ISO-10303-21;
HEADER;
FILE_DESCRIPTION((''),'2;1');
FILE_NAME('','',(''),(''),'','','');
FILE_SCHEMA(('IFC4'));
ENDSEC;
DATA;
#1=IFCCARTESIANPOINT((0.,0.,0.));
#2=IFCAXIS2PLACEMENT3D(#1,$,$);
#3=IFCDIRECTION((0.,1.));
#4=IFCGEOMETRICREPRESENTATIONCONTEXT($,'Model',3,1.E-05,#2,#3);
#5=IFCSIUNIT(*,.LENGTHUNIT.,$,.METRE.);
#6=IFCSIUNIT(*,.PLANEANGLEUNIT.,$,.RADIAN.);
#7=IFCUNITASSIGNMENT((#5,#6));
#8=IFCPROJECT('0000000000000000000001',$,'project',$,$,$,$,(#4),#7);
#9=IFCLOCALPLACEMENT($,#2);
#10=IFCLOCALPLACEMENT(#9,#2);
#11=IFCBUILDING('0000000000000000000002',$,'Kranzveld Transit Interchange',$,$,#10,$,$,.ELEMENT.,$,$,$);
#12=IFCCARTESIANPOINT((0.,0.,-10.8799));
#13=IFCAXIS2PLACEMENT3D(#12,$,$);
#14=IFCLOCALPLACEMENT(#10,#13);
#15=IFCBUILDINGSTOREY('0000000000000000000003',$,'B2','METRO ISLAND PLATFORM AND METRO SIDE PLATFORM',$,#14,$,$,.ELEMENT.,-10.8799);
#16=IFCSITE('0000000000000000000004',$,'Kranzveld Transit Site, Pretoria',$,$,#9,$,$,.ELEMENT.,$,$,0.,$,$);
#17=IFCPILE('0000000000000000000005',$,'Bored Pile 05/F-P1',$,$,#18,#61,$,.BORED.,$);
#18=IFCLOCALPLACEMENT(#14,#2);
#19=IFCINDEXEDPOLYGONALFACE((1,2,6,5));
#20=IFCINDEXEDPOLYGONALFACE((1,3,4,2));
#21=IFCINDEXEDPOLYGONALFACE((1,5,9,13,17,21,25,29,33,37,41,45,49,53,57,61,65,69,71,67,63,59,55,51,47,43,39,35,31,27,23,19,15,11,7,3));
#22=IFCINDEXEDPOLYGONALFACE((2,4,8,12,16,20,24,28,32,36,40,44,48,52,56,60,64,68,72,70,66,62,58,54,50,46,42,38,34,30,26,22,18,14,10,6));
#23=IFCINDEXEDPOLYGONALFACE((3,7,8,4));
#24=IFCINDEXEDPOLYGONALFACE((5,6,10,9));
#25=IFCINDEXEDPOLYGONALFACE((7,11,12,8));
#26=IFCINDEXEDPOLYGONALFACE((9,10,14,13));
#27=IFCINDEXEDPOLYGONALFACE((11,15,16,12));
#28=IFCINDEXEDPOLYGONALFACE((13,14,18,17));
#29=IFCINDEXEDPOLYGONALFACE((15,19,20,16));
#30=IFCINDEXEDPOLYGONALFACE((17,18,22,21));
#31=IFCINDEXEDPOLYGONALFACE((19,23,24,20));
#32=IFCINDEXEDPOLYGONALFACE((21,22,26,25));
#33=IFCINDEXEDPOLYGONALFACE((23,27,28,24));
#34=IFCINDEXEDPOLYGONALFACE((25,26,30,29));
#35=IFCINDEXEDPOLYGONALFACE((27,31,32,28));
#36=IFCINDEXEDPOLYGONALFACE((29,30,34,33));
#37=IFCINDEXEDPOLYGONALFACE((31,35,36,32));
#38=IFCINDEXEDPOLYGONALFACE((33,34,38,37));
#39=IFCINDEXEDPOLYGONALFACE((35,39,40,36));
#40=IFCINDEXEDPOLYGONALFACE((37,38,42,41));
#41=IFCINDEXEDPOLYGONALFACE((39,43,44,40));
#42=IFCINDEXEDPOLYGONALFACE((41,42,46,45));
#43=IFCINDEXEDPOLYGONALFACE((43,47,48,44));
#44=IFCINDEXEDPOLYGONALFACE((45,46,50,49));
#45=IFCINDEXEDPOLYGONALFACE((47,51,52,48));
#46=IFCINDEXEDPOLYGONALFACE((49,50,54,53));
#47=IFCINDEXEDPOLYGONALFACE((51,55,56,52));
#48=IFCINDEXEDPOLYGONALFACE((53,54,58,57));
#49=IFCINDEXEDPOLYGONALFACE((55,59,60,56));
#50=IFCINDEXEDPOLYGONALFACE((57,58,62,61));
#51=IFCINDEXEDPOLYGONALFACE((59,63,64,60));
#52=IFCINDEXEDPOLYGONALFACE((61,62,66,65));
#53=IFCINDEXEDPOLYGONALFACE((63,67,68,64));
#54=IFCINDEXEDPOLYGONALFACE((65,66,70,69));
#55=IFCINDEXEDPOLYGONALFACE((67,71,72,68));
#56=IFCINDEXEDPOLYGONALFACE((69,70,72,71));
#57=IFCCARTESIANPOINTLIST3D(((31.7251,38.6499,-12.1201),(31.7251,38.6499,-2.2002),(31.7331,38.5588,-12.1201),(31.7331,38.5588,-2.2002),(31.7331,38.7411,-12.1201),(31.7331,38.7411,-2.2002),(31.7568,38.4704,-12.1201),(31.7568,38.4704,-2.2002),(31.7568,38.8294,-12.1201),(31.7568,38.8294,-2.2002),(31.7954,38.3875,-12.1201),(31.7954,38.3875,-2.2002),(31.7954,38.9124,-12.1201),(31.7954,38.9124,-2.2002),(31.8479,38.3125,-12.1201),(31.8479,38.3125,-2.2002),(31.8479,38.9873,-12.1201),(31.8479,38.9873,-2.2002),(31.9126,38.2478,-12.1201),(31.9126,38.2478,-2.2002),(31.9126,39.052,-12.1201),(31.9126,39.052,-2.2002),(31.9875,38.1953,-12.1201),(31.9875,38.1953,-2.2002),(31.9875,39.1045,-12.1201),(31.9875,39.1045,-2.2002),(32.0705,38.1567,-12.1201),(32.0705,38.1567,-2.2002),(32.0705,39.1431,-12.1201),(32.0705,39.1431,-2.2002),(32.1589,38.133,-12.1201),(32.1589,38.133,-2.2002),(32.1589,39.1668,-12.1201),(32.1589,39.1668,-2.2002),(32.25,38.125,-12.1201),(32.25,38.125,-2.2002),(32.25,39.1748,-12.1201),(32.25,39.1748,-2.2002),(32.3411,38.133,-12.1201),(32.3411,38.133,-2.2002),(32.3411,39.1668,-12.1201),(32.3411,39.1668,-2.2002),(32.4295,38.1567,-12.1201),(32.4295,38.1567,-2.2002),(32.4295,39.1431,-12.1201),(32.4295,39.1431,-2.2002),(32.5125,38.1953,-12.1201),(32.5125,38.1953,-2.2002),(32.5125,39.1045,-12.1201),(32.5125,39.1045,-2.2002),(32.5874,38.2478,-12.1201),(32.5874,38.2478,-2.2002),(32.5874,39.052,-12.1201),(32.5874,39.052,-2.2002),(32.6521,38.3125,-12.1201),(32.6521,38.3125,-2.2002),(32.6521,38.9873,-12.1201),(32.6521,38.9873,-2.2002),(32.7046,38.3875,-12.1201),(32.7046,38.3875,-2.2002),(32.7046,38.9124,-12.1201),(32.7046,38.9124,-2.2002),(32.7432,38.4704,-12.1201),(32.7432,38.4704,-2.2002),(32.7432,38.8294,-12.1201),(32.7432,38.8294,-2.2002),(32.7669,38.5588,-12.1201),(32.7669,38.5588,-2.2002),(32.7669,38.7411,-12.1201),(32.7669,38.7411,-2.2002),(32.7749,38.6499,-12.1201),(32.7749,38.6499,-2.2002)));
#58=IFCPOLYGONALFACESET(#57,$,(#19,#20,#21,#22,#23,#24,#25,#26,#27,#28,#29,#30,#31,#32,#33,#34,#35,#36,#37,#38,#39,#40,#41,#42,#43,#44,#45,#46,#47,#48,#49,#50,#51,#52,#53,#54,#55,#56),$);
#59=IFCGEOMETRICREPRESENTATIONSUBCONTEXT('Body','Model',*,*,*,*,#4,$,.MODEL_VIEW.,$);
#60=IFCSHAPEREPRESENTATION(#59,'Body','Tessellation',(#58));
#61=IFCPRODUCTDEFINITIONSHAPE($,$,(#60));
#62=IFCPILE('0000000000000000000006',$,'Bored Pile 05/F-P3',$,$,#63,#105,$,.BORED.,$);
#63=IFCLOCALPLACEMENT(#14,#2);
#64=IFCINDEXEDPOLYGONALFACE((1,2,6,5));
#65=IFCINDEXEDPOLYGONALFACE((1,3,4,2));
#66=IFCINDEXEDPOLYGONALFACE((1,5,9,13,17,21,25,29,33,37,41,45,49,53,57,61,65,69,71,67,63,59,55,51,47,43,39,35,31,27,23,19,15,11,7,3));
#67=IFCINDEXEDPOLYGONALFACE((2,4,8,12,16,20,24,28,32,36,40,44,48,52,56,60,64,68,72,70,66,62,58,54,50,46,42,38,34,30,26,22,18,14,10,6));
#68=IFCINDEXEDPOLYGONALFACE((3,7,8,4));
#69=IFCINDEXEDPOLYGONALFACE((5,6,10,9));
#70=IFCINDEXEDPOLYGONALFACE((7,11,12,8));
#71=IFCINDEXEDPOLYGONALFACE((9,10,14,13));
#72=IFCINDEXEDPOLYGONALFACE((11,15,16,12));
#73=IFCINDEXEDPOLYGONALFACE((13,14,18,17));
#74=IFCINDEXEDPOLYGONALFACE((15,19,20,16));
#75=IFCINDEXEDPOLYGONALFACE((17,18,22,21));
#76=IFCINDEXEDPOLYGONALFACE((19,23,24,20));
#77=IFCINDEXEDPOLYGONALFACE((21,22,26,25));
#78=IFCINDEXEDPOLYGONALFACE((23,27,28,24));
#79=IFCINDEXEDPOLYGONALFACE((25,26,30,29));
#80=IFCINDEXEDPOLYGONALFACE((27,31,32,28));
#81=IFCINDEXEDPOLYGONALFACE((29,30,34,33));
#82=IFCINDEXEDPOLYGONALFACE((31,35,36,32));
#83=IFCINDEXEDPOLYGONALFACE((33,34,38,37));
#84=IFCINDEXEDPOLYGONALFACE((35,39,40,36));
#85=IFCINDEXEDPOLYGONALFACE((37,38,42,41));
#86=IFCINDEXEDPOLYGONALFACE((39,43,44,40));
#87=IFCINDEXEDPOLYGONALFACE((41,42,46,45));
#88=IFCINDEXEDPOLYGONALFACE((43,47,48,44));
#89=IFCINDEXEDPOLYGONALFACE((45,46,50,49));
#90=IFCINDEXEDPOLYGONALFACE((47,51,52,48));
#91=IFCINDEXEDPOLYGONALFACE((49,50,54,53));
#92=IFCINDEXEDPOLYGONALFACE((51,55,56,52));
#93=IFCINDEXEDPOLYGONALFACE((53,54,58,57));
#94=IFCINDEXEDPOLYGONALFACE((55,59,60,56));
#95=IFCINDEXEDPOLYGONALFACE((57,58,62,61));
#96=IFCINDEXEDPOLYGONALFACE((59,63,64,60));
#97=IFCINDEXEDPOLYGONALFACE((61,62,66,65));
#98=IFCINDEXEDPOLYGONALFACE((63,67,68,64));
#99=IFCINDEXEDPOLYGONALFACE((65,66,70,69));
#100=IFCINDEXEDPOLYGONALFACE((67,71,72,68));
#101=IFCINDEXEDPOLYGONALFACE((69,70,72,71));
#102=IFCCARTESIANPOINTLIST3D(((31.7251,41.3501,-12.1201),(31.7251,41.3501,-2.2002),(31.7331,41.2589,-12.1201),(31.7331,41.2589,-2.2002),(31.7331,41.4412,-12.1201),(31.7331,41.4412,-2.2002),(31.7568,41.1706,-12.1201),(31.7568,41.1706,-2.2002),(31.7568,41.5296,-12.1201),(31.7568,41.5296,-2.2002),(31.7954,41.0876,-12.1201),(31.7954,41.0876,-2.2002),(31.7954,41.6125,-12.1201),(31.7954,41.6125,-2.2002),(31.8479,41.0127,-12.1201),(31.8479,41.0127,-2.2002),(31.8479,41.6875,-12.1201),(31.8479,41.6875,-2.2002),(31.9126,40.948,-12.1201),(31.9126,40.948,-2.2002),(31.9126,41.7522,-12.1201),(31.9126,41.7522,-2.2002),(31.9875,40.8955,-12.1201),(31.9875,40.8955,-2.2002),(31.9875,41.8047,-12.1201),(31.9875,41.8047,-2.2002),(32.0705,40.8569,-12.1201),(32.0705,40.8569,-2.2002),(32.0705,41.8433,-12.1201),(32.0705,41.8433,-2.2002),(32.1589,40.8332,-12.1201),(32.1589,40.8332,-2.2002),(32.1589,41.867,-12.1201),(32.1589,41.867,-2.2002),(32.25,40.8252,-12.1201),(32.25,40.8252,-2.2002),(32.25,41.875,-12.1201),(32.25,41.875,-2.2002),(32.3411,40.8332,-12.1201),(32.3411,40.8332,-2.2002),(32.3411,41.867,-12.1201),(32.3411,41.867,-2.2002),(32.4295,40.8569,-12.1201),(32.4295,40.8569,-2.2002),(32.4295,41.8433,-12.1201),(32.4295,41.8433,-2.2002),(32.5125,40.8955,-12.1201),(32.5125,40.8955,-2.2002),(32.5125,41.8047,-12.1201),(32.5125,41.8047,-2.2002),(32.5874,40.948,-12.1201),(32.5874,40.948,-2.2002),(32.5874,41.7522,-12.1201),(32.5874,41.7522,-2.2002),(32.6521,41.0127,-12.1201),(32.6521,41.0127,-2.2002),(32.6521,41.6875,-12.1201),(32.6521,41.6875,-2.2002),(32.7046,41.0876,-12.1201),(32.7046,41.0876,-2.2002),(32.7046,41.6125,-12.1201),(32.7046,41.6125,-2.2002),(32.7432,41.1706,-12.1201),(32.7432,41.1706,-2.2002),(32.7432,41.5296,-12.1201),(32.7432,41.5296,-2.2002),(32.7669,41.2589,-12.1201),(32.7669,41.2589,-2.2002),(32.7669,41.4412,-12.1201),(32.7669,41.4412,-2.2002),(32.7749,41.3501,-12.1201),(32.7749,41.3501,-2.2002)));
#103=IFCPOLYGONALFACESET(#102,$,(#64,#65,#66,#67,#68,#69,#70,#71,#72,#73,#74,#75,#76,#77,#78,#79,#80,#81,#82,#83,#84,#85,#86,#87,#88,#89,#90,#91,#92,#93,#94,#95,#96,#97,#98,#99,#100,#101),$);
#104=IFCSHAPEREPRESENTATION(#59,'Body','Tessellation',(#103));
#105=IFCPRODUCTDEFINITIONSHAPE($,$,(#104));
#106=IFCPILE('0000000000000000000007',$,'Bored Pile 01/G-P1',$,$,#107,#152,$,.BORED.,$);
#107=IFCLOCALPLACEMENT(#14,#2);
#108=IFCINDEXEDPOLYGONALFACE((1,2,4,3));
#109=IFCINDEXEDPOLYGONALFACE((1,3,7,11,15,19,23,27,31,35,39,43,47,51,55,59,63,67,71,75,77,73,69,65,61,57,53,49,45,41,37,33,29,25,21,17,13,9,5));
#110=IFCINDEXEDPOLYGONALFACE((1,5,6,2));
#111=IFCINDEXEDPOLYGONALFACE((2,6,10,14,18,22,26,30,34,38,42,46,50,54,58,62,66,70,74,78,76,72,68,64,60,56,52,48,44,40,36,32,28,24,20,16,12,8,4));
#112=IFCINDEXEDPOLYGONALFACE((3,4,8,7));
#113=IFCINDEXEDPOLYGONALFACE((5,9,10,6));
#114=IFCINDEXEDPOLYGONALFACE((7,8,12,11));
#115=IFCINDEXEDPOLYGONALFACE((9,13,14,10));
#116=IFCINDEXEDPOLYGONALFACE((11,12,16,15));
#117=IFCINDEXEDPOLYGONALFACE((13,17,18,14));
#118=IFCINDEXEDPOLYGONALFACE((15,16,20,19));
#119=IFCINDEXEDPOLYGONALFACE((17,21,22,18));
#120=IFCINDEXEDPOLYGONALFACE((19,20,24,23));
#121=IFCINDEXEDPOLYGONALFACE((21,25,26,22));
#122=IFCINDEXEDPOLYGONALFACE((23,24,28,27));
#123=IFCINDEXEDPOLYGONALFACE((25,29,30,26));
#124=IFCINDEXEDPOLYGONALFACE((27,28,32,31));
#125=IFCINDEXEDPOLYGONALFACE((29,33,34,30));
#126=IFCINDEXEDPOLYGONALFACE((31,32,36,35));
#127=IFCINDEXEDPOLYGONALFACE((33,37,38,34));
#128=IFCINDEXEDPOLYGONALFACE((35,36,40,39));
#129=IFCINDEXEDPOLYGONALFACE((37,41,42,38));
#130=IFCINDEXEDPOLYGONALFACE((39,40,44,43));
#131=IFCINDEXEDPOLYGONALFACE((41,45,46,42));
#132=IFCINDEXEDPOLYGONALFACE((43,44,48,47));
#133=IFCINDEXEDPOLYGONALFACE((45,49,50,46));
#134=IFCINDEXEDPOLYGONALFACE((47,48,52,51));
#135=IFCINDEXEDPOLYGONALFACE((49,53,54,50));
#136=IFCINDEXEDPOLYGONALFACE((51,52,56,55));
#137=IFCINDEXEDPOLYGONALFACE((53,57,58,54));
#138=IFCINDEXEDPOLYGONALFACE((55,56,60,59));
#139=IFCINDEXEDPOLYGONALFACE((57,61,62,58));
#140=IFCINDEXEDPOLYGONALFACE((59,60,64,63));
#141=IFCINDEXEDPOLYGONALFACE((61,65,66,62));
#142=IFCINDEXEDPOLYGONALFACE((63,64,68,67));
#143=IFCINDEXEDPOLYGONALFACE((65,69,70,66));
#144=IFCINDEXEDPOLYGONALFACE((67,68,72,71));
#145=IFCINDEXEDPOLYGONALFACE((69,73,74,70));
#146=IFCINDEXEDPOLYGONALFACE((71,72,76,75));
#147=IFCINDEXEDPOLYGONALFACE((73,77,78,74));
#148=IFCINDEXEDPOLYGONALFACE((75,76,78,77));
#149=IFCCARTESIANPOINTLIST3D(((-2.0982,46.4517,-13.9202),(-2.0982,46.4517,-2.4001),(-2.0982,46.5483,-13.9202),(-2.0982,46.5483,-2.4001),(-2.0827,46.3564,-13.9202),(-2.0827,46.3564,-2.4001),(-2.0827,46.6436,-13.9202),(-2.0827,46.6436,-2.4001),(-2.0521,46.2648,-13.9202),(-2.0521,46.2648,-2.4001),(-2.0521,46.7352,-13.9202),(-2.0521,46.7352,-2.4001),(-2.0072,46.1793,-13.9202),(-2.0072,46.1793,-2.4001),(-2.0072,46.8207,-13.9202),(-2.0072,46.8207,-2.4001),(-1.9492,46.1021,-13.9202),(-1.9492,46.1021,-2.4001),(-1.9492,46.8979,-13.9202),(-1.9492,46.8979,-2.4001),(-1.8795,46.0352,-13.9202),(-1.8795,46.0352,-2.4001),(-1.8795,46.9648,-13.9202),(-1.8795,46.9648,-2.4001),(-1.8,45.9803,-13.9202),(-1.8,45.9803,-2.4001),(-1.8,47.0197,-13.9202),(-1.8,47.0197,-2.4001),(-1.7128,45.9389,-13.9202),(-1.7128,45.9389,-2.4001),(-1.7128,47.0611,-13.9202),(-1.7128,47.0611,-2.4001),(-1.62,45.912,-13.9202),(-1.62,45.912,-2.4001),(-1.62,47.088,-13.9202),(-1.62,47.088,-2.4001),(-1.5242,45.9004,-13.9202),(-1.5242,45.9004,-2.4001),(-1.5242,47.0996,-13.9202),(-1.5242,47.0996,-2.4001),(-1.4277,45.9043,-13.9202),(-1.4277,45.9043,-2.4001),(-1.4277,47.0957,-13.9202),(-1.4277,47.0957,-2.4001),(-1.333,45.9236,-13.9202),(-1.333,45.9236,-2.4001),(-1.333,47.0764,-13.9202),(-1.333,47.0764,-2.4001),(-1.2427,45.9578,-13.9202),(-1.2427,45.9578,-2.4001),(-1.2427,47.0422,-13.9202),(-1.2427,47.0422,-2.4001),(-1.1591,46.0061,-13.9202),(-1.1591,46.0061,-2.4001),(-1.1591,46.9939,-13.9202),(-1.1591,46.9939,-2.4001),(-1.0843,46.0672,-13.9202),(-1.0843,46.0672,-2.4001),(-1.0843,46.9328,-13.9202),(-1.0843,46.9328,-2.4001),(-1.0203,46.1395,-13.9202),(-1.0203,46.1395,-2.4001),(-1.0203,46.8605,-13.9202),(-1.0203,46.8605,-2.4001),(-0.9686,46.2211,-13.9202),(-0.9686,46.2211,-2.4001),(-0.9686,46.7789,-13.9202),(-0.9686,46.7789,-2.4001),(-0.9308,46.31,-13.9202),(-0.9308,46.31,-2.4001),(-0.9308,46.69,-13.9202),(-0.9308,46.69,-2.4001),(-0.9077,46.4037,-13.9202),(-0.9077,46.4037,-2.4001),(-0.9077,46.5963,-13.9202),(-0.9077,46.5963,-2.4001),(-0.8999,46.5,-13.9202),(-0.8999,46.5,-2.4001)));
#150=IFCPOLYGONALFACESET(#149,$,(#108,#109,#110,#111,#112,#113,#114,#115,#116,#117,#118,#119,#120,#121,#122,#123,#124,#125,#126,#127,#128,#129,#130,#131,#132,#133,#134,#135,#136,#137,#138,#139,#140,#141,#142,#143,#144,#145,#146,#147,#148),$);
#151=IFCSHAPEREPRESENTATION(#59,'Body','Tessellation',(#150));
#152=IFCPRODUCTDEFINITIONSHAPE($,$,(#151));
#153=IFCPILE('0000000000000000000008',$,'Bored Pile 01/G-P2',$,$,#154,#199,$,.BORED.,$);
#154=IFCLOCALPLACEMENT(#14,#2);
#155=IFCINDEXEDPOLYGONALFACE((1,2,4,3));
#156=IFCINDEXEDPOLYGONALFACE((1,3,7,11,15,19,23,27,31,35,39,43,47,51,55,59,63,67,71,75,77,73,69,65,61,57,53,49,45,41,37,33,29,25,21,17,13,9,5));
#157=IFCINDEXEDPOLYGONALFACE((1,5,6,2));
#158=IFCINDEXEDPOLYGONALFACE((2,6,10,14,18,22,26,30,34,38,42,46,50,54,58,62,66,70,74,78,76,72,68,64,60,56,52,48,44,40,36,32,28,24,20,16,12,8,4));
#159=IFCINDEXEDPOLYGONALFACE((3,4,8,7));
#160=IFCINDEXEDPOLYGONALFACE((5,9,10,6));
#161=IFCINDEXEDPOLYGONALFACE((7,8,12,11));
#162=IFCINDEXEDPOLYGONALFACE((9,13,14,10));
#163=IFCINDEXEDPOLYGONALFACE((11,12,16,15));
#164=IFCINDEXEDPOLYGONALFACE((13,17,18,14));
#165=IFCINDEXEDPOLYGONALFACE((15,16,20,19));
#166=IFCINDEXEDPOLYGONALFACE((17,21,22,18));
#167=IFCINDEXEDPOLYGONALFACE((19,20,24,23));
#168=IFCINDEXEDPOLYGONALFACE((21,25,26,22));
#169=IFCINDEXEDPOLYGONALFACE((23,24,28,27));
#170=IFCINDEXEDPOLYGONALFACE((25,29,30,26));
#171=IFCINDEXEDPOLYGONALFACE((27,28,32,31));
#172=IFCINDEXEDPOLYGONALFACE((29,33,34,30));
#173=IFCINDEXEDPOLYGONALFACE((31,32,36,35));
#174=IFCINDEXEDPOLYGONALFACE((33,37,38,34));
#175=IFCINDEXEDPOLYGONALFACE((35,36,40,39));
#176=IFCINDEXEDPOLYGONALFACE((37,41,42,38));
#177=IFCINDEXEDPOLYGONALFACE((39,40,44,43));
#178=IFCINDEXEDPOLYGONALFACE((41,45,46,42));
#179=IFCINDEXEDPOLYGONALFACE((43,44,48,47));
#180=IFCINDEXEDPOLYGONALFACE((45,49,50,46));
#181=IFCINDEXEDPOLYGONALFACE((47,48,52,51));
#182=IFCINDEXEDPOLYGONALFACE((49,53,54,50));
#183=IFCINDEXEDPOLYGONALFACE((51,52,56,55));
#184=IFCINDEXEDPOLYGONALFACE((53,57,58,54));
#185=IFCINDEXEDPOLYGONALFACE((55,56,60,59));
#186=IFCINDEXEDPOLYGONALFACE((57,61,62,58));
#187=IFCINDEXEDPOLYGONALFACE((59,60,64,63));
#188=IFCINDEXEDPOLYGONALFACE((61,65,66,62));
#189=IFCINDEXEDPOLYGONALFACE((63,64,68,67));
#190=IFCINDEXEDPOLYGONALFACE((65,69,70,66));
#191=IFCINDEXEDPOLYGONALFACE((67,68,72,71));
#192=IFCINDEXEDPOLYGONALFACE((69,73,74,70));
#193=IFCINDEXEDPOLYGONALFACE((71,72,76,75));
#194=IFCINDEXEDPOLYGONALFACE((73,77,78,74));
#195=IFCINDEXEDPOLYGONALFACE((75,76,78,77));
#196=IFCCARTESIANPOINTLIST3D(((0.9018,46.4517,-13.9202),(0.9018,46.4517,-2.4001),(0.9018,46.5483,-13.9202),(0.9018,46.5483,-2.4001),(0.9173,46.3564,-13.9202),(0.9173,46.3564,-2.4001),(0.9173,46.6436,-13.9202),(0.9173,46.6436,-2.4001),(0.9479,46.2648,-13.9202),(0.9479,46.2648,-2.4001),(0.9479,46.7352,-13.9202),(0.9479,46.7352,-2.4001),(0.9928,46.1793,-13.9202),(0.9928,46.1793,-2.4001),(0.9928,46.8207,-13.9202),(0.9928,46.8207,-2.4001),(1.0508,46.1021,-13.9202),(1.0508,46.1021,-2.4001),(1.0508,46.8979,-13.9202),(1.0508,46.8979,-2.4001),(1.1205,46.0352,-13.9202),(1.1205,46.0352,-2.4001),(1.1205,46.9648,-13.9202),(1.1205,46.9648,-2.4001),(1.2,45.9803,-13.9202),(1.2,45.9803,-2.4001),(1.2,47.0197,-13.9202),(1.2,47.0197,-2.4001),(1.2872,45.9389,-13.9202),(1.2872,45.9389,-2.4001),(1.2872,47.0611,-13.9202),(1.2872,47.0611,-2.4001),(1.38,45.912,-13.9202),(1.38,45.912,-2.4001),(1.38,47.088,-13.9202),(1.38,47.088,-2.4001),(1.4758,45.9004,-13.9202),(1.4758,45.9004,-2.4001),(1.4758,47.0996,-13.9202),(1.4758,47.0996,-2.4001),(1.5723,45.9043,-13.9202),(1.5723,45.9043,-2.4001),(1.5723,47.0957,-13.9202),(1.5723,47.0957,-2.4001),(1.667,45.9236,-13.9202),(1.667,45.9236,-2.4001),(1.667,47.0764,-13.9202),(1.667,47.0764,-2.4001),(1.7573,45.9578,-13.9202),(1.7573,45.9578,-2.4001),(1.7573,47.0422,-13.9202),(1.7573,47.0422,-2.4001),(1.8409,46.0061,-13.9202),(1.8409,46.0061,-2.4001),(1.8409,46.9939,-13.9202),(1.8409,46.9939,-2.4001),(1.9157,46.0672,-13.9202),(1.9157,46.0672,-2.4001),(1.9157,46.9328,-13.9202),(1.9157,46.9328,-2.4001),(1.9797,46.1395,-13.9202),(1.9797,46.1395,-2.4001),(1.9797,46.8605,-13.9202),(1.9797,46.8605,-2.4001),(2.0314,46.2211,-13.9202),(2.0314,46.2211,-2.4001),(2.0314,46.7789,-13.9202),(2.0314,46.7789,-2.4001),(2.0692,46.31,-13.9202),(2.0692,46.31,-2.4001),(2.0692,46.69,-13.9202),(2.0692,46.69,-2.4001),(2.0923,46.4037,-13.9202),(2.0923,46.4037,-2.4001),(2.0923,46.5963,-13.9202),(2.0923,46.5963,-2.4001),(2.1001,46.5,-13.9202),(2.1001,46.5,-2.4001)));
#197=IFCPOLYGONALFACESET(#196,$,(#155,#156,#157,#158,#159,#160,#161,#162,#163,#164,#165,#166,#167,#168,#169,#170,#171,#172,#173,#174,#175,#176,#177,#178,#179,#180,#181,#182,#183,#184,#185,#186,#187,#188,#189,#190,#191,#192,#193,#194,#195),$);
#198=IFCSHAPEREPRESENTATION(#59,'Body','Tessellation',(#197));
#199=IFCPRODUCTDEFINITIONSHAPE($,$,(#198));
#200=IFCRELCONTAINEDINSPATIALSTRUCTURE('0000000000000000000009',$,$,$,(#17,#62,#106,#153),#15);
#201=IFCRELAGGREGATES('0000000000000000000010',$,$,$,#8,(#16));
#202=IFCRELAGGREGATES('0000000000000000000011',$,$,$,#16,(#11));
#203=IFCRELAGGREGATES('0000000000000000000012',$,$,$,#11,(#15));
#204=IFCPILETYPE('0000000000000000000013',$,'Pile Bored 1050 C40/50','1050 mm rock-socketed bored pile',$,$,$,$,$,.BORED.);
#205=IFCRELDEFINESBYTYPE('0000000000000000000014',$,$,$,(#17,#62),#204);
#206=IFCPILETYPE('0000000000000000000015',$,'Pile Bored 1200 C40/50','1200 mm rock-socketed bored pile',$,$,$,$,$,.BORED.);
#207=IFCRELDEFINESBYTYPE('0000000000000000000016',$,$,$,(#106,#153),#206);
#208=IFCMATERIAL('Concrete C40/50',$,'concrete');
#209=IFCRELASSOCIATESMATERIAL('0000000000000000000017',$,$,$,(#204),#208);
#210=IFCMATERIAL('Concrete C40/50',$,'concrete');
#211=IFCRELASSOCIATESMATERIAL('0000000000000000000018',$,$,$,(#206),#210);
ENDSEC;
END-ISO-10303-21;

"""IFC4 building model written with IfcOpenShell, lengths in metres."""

from ifc_helpers import new_model, si_unit, direction, frame, origin, origin_2d, place, context, subcontext, project, spatial, circle, extrude, material, material_profile, profile_set, type_object, element, save


model = new_model("IFC4")

# Units and contexts
model_context = context("Model", 3, precision=1e-05, world=origin(), true_north=direction((0.0, 1.0)))
body_context = subcontext(model_context, "Body", "Model", "MODEL_VIEW")
ifc_project = project(units=[si_unit("LENGTHUNIT", "METRE"), si_unit("PLANEANGLEUNIT", "RADIAN")], contexts=[model_context])

# Site, building, storey
site_placement = place(None, origin())
site = spatial("IfcSite", under=ifc_project, at=site_placement, Name="Kranzveld Transit Site, Pretoria", CompositionType="ELEMENT", RefElevation=0.0)
building_placement = place(site_placement, origin())
building = spatial("IfcBuilding", under=site, at=building_placement, Name="Kranzveld Transit Interchange", CompositionType="ELEMENT")
storey_placement = place(building_placement, frame((0.0, 0.0, -10.8799)))
storey = spatial("IfcBuildingStorey", under=building, at=storey_placement, Name="B2", Description="METRO ISLAND PLATFORM AND METRO SIDE PLATFORM", CompositionType="ELEMENT", Elevation=-10.8799)

# Piles
ifc_material_1 = material(Name="Concrete C40/50", Category="concrete")
ifc_material_profile_1 = material_profile(ifc_material_1, circle(Radius=0.5249, at=origin_2d()), Name="BORED PILE 1050")
ifc_profile_set_1 = profile_set([ifc_material_profile_1], Name="Concrete C40/50")
pile_type_1 = type_object("IfcPileType", Name="Pile Bored 1050 C40/50", Description="1050 mm rock-socketed bored pile", PredefinedType="BORED", material=ifc_profile_set_1)
for number, where, z_axis, x_axis, name in (
    (1, (32.25, 38.6499, -2.2002), (0.0, 0.0, -1.0), (1.0, 0.0, 0.0), "Bored Pile 05/F-P1"),
    (2, (32.25, 41.3501, -2.2002), (0.0, 0.0, -1.0), (1.0, 0.0, 0.0), "Bored Pile 05/F-P3"),
):
    element("IfcPile", number, at=place(storey_placement, frame(where, z_axis=z_axis, x_axis=x_axis)), inside=storey, type_object=pile_type_1, Name=name, PredefinedType="BORED", context=body_context, shape_type="SweptSolid", body=[
        extrude(circle(Radius=0.5249, at=origin_2d()), origin(), (0.0, 0.0, 1.0), 9.9199),
    ])
ifc_material_2 = material(Name="Concrete C40/50", Category="concrete")
ifc_material_profile_2 = material_profile(ifc_material_2, circle(Radius=0.6001, at=origin_2d()), Name="BORED PILE 1200")
ifc_profile_set_2 = profile_set([ifc_material_profile_2], Name="Concrete C40/50")
pile_type_2 = type_object("IfcPileType", Name="Pile Bored 1200 C40/50", Description="1200 mm rock-socketed bored pile", PredefinedType="BORED", material=ifc_profile_set_2)
for number, where, z_axis, x_axis, name in (
    (3, (-1.5, 46.5, -2.4001), (0.0, 0.0, -1.0), (1.0, 0.0, 0.0), "Bored Pile 01/G-P1"),
    (4, (1.5, 46.5, -2.4001), (0.0, 0.0, -1.0), (1.0, 0.0, 0.0), "Bored Pile 01/G-P2"),
):
    element("IfcPile", number, at=place(storey_placement, frame(where, z_axis=z_axis, x_axis=x_axis)), inside=storey, type_object=pile_type_2, Name=name, PredefinedType="BORED", context=body_context, shape_type="SweptSolid", body=[
        extrude(circle(Radius=0.6001, at=origin_2d()), origin(), (0.0, 0.0, 1.0), 11.52),
    ])

save(model, "model.ifc")
